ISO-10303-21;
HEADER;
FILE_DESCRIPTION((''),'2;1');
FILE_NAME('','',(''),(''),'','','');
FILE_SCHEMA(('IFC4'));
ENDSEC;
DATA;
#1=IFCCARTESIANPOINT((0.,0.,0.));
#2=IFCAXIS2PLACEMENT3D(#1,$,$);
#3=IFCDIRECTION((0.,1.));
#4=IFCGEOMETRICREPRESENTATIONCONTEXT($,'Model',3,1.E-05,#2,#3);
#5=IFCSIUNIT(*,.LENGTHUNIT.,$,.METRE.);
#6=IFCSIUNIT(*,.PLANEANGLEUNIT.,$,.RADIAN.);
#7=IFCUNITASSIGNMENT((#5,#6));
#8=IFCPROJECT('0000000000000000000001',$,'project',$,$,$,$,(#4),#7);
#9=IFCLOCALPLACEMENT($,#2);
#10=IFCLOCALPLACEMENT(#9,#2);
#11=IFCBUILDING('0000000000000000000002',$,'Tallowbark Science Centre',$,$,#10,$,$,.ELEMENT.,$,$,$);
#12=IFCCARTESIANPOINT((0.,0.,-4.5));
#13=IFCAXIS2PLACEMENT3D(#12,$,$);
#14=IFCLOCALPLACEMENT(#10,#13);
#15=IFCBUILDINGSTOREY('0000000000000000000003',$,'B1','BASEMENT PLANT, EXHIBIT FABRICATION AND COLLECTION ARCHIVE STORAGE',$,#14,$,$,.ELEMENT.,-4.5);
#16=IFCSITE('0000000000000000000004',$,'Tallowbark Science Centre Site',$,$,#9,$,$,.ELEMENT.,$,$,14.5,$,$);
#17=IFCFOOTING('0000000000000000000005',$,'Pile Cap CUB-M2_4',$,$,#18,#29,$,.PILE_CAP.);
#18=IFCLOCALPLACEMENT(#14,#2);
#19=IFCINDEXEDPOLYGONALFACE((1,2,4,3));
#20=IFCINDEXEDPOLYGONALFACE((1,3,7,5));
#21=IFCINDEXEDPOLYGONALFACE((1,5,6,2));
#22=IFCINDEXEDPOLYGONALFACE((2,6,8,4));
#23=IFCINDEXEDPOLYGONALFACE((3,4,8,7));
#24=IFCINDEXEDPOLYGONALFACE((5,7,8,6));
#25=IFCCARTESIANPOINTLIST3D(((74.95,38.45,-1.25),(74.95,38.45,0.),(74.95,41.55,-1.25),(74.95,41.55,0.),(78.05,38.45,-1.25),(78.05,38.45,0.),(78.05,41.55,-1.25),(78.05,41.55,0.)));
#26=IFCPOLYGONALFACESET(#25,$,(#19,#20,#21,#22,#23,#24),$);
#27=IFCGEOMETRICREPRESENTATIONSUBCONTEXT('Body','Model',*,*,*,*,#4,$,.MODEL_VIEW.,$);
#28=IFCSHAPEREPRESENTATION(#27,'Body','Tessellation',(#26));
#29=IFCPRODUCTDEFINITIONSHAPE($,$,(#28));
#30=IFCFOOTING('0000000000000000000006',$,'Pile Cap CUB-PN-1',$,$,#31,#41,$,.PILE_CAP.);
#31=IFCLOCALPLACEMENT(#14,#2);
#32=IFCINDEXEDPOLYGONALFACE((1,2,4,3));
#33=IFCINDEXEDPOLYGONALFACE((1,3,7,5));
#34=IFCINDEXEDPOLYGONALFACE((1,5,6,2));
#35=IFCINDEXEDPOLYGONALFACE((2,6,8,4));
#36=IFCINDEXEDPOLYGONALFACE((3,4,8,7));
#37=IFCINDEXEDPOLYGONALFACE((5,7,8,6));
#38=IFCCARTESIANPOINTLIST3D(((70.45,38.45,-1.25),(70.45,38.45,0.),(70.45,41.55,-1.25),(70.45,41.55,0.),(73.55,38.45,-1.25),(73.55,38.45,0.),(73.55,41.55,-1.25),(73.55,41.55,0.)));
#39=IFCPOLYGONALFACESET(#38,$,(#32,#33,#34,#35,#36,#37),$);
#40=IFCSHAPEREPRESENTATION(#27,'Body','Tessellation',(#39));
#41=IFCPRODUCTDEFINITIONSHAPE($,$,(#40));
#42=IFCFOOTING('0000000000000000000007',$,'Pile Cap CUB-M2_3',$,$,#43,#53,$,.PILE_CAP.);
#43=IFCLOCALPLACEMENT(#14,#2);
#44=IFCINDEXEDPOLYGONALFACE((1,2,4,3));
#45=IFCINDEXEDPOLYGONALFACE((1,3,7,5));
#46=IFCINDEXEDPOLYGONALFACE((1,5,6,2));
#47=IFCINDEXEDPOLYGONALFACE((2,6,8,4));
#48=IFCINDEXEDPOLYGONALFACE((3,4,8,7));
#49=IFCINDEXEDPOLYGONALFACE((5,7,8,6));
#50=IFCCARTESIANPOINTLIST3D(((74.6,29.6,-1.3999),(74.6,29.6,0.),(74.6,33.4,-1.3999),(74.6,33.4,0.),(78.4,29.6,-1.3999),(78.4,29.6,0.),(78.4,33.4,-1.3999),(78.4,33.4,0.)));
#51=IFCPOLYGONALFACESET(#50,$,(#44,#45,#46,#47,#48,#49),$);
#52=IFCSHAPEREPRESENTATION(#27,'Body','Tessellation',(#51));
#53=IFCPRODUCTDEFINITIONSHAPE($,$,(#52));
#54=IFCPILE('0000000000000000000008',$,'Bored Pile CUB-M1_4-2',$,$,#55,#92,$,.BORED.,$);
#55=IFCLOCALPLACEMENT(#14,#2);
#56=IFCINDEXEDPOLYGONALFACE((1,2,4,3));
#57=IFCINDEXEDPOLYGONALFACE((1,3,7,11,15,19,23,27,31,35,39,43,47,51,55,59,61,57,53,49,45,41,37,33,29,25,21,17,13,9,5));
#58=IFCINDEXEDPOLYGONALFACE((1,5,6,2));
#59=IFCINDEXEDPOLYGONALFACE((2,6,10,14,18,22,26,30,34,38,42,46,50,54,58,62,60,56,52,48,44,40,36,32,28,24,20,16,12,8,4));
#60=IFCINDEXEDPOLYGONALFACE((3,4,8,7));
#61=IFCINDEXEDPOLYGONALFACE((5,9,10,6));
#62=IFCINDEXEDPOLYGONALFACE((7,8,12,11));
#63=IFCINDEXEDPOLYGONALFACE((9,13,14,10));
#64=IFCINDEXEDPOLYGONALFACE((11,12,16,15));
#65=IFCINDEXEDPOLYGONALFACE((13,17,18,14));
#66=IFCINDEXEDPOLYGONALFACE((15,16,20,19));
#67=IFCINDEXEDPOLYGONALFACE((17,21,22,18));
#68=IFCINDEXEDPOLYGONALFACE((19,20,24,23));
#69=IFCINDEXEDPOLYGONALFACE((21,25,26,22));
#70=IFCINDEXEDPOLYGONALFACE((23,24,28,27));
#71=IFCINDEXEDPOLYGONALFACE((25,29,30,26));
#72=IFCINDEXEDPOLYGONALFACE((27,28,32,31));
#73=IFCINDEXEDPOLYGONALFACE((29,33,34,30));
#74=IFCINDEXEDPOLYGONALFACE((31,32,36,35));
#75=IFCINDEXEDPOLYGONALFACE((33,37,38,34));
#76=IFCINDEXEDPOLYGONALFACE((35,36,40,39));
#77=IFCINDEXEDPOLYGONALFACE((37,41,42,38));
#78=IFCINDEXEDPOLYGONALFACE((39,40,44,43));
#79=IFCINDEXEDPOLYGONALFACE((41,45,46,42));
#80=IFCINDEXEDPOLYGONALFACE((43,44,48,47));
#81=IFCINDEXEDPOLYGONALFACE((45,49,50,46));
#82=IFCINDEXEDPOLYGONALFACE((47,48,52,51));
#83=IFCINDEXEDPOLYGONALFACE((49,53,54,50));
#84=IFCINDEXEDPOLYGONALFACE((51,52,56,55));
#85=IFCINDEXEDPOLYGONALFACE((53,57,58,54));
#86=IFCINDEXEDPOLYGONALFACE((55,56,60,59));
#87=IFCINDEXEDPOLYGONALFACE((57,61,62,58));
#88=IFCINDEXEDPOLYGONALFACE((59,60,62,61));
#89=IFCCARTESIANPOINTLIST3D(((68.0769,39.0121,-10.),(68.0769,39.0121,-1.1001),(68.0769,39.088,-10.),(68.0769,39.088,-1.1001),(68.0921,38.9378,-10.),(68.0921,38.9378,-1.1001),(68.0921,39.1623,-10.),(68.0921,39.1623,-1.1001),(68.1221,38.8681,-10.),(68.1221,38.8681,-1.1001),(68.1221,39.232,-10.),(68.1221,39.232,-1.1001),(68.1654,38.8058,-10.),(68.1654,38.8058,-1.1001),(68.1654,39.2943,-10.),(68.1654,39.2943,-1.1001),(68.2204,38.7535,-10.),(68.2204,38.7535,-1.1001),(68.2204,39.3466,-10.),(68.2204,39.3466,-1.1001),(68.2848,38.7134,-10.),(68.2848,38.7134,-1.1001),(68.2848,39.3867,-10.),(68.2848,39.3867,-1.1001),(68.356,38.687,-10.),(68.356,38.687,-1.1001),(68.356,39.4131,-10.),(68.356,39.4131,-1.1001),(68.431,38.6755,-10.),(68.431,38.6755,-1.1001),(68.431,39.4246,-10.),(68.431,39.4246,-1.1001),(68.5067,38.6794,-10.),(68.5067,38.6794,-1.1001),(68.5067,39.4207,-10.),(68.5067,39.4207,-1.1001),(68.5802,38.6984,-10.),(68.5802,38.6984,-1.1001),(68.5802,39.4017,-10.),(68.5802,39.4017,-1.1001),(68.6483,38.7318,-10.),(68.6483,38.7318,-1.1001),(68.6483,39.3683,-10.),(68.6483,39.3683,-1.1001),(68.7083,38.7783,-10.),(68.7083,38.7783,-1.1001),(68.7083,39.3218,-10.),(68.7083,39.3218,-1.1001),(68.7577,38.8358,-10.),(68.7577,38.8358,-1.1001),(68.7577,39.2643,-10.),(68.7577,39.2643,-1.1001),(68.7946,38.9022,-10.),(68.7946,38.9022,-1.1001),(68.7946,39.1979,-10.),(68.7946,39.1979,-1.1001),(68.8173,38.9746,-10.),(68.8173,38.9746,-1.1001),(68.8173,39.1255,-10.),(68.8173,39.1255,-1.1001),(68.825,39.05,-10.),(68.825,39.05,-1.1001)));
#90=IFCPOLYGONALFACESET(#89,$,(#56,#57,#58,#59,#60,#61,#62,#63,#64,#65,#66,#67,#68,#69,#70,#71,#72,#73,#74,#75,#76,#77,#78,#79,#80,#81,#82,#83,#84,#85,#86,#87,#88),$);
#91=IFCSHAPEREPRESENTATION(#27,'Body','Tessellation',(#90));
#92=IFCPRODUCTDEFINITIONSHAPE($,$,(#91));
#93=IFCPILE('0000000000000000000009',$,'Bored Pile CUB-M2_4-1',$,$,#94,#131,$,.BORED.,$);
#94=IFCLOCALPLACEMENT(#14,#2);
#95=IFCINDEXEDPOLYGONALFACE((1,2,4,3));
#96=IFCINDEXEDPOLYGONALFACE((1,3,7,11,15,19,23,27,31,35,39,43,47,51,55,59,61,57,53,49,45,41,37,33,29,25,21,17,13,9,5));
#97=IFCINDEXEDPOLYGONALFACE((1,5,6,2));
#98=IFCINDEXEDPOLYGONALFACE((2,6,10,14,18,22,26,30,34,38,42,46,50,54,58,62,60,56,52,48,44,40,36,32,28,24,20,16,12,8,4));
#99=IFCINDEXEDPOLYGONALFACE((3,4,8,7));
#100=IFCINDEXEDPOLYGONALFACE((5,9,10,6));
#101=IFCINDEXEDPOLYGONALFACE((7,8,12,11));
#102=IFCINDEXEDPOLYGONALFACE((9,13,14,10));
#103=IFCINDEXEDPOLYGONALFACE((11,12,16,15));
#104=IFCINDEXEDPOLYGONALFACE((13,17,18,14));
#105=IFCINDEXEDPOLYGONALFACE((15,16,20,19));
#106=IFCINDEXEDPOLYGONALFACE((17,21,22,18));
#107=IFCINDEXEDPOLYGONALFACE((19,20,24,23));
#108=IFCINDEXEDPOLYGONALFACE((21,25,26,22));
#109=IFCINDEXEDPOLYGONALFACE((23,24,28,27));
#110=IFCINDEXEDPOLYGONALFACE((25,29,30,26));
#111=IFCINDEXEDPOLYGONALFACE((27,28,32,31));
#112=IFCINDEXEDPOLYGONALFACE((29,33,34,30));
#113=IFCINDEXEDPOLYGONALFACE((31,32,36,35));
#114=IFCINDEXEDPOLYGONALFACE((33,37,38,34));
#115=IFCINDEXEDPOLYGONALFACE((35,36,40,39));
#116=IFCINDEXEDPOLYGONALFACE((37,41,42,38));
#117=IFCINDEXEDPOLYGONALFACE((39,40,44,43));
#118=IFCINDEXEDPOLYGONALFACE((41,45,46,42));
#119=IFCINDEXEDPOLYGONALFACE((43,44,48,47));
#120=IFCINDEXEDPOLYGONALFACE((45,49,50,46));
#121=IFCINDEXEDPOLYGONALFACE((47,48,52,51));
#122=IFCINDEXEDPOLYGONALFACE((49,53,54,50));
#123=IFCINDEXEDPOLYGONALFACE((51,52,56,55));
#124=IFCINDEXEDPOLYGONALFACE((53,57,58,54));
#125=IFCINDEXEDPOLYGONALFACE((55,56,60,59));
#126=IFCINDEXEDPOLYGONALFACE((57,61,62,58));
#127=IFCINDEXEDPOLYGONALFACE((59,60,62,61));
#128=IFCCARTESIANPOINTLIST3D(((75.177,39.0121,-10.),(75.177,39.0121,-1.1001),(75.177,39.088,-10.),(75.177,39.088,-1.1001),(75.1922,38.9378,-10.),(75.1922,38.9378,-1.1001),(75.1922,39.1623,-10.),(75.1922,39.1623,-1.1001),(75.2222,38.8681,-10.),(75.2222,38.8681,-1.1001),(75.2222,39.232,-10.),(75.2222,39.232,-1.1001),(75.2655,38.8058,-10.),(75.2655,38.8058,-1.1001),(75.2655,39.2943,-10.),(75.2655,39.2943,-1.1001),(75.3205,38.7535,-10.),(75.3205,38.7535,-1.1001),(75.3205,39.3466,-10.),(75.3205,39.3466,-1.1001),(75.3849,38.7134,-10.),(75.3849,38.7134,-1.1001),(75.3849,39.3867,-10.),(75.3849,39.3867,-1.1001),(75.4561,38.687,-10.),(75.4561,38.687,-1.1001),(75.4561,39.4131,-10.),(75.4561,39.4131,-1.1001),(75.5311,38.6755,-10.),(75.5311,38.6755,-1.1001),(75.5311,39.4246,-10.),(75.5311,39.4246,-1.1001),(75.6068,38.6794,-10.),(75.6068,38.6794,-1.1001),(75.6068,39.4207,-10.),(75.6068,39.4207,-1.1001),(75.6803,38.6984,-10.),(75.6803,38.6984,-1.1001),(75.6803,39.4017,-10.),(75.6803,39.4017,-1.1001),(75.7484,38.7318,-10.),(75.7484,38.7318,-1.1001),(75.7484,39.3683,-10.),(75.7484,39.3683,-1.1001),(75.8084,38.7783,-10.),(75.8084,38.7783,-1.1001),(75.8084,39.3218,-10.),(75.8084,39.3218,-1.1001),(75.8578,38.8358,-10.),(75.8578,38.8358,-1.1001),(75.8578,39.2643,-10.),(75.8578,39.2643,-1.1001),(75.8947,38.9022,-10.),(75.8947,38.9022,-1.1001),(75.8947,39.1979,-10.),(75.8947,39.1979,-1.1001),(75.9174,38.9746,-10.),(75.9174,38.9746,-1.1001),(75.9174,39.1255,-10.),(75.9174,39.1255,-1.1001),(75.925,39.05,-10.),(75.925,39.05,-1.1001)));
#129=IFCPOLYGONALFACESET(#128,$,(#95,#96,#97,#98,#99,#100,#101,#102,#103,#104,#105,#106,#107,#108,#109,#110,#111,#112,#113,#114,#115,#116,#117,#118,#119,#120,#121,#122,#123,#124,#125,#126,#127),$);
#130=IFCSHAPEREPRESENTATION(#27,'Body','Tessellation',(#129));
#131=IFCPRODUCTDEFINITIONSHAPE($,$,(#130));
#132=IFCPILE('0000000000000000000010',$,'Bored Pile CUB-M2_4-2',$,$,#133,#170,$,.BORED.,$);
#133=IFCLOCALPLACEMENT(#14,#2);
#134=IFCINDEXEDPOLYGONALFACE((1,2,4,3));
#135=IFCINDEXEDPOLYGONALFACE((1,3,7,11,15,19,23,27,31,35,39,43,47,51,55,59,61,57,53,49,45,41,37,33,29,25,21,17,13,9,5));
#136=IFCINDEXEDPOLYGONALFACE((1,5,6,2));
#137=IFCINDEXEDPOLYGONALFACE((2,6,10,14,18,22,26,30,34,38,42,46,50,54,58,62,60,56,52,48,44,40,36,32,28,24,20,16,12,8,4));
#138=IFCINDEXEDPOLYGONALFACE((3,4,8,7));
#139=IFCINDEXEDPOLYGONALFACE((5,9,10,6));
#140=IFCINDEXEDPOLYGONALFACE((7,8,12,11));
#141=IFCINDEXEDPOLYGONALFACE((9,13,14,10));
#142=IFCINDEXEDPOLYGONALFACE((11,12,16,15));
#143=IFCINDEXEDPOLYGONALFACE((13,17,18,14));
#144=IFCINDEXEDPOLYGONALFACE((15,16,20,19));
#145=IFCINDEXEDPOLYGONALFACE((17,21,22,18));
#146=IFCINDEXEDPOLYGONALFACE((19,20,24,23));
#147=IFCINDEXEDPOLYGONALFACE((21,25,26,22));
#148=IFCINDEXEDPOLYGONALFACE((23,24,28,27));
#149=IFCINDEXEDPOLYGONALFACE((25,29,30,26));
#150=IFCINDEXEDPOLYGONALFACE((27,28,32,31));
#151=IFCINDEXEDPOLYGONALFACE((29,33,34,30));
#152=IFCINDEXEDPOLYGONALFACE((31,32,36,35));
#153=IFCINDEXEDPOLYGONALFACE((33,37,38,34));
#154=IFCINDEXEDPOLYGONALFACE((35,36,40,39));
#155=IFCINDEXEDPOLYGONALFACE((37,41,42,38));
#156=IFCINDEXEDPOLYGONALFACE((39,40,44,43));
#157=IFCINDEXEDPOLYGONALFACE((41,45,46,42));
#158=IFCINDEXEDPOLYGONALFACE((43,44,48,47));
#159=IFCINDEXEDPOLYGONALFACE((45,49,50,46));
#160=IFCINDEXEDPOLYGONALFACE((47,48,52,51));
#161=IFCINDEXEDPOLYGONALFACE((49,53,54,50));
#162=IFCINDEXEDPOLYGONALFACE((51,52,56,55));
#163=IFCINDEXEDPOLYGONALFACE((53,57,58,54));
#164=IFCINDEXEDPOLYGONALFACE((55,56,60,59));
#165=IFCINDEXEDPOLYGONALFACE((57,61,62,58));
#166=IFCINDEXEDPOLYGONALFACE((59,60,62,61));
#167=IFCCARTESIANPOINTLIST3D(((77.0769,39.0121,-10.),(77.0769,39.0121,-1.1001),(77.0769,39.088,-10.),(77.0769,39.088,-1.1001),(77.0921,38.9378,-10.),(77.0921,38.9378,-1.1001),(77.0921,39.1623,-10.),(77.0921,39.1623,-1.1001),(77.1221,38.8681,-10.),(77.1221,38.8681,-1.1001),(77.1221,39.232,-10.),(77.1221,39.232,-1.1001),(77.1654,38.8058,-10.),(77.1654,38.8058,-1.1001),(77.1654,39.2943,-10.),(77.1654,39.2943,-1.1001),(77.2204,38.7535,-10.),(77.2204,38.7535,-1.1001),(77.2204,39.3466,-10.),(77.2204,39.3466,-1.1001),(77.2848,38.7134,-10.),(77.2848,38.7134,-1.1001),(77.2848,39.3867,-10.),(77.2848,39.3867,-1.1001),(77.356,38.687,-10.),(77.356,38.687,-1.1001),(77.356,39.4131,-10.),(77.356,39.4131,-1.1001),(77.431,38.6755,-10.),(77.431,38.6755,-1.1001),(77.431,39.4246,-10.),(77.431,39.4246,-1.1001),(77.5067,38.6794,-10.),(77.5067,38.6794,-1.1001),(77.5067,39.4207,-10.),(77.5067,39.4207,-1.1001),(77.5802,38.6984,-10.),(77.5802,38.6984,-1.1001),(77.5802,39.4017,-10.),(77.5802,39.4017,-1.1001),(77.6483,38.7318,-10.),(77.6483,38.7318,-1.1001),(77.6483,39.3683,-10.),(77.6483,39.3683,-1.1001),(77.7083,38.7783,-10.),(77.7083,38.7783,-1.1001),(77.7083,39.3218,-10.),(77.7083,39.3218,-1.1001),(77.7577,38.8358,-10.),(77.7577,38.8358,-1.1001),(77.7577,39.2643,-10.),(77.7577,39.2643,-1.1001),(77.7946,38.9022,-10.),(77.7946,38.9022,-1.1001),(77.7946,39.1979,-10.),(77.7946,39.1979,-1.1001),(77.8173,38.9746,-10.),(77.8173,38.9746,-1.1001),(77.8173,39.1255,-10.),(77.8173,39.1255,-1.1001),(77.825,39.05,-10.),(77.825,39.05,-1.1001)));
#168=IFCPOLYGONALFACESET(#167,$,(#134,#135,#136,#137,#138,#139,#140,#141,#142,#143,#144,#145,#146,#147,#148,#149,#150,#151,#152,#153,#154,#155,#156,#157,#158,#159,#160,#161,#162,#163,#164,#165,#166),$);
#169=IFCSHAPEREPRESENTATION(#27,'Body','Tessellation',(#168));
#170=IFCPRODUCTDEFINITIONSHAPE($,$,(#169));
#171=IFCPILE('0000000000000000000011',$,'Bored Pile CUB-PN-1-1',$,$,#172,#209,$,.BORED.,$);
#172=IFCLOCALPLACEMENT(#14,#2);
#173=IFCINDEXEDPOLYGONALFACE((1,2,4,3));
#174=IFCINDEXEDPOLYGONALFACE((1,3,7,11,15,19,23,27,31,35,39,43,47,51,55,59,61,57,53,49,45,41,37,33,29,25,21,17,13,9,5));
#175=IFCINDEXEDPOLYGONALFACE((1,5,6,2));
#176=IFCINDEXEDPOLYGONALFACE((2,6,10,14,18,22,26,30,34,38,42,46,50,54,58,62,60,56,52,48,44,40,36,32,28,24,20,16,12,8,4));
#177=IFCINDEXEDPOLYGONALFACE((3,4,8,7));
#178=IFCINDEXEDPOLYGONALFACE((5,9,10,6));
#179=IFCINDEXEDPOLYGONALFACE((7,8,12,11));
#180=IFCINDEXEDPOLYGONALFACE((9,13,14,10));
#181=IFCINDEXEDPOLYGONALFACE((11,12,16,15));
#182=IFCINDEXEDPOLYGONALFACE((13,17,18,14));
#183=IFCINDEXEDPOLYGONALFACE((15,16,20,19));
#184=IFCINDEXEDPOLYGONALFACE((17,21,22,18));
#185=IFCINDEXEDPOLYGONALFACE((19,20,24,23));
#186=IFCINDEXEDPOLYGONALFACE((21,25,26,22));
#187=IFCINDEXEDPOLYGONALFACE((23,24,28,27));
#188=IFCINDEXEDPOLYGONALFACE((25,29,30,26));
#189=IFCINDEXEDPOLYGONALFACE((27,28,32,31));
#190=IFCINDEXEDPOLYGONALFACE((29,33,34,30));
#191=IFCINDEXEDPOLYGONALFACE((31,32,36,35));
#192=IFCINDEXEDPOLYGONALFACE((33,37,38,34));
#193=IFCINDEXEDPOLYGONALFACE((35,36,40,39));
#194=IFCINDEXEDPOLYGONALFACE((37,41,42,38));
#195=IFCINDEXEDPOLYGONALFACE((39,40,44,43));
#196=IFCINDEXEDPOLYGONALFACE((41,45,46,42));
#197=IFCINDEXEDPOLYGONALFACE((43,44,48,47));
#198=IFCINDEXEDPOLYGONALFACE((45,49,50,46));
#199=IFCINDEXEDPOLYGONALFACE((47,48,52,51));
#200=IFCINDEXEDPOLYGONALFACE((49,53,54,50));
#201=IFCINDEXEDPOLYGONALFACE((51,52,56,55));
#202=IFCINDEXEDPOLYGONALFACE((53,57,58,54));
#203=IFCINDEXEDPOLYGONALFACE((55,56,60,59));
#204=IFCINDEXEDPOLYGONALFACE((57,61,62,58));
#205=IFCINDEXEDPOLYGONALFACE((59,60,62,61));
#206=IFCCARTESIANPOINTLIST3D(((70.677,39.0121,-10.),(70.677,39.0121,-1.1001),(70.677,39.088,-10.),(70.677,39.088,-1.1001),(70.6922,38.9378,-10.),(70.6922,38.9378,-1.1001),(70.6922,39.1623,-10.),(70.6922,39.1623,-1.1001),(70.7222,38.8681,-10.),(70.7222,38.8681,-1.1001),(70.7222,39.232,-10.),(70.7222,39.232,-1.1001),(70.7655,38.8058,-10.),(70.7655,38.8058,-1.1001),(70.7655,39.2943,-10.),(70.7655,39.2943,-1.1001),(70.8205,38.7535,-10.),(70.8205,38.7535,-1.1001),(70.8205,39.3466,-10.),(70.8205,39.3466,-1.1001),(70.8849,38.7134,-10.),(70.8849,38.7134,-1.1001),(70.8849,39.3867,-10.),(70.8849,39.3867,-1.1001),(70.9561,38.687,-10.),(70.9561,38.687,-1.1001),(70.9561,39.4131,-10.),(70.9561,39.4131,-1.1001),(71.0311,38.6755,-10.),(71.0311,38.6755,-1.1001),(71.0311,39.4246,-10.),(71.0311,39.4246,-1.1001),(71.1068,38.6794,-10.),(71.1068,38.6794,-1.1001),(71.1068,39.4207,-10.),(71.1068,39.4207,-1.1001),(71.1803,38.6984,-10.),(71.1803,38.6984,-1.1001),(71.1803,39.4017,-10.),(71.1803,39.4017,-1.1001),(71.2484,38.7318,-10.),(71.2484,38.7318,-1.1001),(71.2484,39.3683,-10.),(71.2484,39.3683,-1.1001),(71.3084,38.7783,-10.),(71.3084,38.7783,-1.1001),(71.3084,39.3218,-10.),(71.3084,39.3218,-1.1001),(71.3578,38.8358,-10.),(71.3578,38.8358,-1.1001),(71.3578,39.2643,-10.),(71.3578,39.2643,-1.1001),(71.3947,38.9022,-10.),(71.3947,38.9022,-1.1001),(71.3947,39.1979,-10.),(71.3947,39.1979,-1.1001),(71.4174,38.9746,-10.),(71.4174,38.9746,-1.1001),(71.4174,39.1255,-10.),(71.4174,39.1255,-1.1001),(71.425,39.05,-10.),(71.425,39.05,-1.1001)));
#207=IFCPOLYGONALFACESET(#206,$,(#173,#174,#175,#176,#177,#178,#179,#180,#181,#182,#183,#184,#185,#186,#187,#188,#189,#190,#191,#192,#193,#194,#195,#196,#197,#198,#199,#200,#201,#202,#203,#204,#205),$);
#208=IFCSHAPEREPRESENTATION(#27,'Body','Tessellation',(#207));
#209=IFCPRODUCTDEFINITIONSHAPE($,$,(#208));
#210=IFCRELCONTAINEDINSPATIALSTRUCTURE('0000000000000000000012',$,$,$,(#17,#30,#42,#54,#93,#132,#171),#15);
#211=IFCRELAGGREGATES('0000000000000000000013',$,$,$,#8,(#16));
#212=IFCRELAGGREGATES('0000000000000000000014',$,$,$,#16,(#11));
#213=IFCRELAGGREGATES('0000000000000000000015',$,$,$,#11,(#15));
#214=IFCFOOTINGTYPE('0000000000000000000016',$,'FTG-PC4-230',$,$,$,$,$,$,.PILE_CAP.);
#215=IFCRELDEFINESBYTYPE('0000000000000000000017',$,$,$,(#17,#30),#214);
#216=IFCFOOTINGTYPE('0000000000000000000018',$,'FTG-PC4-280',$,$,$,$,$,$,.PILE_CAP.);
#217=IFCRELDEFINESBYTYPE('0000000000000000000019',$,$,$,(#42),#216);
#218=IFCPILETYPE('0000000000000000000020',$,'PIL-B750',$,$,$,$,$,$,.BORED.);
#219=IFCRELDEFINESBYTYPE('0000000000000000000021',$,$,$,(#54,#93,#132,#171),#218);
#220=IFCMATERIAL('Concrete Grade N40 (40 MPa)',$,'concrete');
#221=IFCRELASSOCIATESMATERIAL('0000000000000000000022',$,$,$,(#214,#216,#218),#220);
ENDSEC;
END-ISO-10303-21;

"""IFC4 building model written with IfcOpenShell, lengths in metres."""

from ifc_helpers import new_model, si_unit, direction, frame, origin, origin_2d, place, context, subcontext, project, spatial, rectangle, circle, extrude, material, material_profile, profile_set, type_object, element, save


model = new_model("IFC4")

# Units and contexts
model_context = context("Model", 3, precision=1e-05, world=origin(), true_north=direction((0.0, 1.0)))
body_context = subcontext(model_context, "Body", "Model", "MODEL_VIEW")
ifc_project = project(units=[si_unit("LENGTHUNIT", "METRE"), si_unit("PLANEANGLEUNIT", "RADIAN")], contexts=[model_context])

# Site, building, storey
site_placement = place(None, origin())
site = spatial("IfcSite", under=ifc_project, at=site_placement, Name="Tallowbark Science Centre Site", CompositionType="ELEMENT", RefElevation=14.5)
building_placement = place(site_placement, origin())
building = spatial("IfcBuilding", under=site, at=building_placement, Name="Tallowbark Science Centre", CompositionType="ELEMENT")
storey_placement = place(building_placement, frame((0.0, 0.0, -4.5)))
storey = spatial("IfcBuildingStorey", under=building, at=storey_placement, Name="B1", Description="BASEMENT PLANT, EXHIBIT FABRICATION AND COLLECTION ARCHIVE STORAGE", CompositionType="ELEMENT", Elevation=-4.5)

# Footings
ifc_material_1 = material(Name="Concrete Grade N40 (40 MPa)", Category="concrete")
footing_type_1 = type_object("IfcFootingType", Name="FTG-PC4-230", PredefinedType="PILE_CAP", material=ifc_material_1)
for number, where, z_axis, x_axis, name in (
    (1, (76.5, 40.0, -1.25), (0.0, 0.0, 1.0), (1.0, 0.0, 0.0), "Pile Cap CUB-M2_4"),
    (2, (72.0, 40.0, -1.25), (0.0, 0.0, 1.0), (1.0, 0.0, 0.0), "Pile Cap CUB-PN-1"),
):
    element("IfcFooting", number, at=place(storey_placement, frame(where, z_axis=z_axis, x_axis=x_axis)), inside=storey, type_object=footing_type_1, Name=name, PredefinedType="PILE_CAP", context=body_context, shape_type="SweptSolid", body=[
        extrude(rectangle(XDim=3.1001, YDim=3.1001, at=origin_2d()), origin(), (0.0, 0.0, 1.0), 1.25),
    ])
footing_type_2 = type_object("IfcFootingType", Name="FTG-PC4-280", PredefinedType="PILE_CAP", material=ifc_material_1)
footing_placement = place(storey_placement, frame((76.5, 31.5, -1.3999), z_axis=(0.0, 0.0, 1.0), x_axis=(1.0, 0.0, 0.0)))
element("IfcFooting", 3, at=footing_placement, inside=storey, type_object=footing_type_2, Name="Pile Cap CUB-M2_3", PredefinedType="PILE_CAP", context=body_context, shape_type="SweptSolid", body=[
    extrude(rectangle(XDim=3.8, YDim=3.8, at=origin_2d()), origin(), (0.0, 0.0, 1.0), 1.3999),
])

# Piles
ifc_material_profile_1 = material_profile(ifc_material_1, circle(Radius=0.375, at=origin_2d()), Name="PILE750")
ifc_profile_set_1 = profile_set([ifc_material_profile_1], Name="Concrete Grade N40 (40 MPa)")
pile_type_1 = type_object("IfcPileType", Name="PIL-B750", PredefinedType="BORED", material=ifc_profile_set_1)
for number, where, z_axis, x_axis, name in (
    (4, (68.45, 39.05, -1.1001), (0.0, 0.0, -1.0), (1.0, 0.0, 0.0), "Bored Pile CUB-M1_4-2"),
    (5, (75.55, 39.05, -1.1001), (0.0, 0.0, -1.0), (1.0, 0.0, 0.0), "Bored Pile CUB-M2_4-1"),
    (6, (77.45, 39.05, -1.1001), (0.0, 0.0, -1.0), (1.0, 0.0, 0.0), "Bored Pile CUB-M2_4-2"),
    (7, (71.05, 39.05, -1.1001), (0.0, 0.0, -1.0), (1.0, 0.0, 0.0), "Bored Pile CUB-PN-1-1"),
):
    element("IfcPile", number, at=place(storey_placement, frame(where, z_axis=z_axis, x_axis=x_axis)), inside=storey, type_object=pile_type_1, Name=name, PredefinedType="BORED", context=body_context, shape_type="SweptSolid", body=[
        extrude(circle(Radius=0.375, at=origin_2d()), origin(), (0.0, 0.0, 1.0), 8.8999),
    ])

save(model, "model.ifc")
